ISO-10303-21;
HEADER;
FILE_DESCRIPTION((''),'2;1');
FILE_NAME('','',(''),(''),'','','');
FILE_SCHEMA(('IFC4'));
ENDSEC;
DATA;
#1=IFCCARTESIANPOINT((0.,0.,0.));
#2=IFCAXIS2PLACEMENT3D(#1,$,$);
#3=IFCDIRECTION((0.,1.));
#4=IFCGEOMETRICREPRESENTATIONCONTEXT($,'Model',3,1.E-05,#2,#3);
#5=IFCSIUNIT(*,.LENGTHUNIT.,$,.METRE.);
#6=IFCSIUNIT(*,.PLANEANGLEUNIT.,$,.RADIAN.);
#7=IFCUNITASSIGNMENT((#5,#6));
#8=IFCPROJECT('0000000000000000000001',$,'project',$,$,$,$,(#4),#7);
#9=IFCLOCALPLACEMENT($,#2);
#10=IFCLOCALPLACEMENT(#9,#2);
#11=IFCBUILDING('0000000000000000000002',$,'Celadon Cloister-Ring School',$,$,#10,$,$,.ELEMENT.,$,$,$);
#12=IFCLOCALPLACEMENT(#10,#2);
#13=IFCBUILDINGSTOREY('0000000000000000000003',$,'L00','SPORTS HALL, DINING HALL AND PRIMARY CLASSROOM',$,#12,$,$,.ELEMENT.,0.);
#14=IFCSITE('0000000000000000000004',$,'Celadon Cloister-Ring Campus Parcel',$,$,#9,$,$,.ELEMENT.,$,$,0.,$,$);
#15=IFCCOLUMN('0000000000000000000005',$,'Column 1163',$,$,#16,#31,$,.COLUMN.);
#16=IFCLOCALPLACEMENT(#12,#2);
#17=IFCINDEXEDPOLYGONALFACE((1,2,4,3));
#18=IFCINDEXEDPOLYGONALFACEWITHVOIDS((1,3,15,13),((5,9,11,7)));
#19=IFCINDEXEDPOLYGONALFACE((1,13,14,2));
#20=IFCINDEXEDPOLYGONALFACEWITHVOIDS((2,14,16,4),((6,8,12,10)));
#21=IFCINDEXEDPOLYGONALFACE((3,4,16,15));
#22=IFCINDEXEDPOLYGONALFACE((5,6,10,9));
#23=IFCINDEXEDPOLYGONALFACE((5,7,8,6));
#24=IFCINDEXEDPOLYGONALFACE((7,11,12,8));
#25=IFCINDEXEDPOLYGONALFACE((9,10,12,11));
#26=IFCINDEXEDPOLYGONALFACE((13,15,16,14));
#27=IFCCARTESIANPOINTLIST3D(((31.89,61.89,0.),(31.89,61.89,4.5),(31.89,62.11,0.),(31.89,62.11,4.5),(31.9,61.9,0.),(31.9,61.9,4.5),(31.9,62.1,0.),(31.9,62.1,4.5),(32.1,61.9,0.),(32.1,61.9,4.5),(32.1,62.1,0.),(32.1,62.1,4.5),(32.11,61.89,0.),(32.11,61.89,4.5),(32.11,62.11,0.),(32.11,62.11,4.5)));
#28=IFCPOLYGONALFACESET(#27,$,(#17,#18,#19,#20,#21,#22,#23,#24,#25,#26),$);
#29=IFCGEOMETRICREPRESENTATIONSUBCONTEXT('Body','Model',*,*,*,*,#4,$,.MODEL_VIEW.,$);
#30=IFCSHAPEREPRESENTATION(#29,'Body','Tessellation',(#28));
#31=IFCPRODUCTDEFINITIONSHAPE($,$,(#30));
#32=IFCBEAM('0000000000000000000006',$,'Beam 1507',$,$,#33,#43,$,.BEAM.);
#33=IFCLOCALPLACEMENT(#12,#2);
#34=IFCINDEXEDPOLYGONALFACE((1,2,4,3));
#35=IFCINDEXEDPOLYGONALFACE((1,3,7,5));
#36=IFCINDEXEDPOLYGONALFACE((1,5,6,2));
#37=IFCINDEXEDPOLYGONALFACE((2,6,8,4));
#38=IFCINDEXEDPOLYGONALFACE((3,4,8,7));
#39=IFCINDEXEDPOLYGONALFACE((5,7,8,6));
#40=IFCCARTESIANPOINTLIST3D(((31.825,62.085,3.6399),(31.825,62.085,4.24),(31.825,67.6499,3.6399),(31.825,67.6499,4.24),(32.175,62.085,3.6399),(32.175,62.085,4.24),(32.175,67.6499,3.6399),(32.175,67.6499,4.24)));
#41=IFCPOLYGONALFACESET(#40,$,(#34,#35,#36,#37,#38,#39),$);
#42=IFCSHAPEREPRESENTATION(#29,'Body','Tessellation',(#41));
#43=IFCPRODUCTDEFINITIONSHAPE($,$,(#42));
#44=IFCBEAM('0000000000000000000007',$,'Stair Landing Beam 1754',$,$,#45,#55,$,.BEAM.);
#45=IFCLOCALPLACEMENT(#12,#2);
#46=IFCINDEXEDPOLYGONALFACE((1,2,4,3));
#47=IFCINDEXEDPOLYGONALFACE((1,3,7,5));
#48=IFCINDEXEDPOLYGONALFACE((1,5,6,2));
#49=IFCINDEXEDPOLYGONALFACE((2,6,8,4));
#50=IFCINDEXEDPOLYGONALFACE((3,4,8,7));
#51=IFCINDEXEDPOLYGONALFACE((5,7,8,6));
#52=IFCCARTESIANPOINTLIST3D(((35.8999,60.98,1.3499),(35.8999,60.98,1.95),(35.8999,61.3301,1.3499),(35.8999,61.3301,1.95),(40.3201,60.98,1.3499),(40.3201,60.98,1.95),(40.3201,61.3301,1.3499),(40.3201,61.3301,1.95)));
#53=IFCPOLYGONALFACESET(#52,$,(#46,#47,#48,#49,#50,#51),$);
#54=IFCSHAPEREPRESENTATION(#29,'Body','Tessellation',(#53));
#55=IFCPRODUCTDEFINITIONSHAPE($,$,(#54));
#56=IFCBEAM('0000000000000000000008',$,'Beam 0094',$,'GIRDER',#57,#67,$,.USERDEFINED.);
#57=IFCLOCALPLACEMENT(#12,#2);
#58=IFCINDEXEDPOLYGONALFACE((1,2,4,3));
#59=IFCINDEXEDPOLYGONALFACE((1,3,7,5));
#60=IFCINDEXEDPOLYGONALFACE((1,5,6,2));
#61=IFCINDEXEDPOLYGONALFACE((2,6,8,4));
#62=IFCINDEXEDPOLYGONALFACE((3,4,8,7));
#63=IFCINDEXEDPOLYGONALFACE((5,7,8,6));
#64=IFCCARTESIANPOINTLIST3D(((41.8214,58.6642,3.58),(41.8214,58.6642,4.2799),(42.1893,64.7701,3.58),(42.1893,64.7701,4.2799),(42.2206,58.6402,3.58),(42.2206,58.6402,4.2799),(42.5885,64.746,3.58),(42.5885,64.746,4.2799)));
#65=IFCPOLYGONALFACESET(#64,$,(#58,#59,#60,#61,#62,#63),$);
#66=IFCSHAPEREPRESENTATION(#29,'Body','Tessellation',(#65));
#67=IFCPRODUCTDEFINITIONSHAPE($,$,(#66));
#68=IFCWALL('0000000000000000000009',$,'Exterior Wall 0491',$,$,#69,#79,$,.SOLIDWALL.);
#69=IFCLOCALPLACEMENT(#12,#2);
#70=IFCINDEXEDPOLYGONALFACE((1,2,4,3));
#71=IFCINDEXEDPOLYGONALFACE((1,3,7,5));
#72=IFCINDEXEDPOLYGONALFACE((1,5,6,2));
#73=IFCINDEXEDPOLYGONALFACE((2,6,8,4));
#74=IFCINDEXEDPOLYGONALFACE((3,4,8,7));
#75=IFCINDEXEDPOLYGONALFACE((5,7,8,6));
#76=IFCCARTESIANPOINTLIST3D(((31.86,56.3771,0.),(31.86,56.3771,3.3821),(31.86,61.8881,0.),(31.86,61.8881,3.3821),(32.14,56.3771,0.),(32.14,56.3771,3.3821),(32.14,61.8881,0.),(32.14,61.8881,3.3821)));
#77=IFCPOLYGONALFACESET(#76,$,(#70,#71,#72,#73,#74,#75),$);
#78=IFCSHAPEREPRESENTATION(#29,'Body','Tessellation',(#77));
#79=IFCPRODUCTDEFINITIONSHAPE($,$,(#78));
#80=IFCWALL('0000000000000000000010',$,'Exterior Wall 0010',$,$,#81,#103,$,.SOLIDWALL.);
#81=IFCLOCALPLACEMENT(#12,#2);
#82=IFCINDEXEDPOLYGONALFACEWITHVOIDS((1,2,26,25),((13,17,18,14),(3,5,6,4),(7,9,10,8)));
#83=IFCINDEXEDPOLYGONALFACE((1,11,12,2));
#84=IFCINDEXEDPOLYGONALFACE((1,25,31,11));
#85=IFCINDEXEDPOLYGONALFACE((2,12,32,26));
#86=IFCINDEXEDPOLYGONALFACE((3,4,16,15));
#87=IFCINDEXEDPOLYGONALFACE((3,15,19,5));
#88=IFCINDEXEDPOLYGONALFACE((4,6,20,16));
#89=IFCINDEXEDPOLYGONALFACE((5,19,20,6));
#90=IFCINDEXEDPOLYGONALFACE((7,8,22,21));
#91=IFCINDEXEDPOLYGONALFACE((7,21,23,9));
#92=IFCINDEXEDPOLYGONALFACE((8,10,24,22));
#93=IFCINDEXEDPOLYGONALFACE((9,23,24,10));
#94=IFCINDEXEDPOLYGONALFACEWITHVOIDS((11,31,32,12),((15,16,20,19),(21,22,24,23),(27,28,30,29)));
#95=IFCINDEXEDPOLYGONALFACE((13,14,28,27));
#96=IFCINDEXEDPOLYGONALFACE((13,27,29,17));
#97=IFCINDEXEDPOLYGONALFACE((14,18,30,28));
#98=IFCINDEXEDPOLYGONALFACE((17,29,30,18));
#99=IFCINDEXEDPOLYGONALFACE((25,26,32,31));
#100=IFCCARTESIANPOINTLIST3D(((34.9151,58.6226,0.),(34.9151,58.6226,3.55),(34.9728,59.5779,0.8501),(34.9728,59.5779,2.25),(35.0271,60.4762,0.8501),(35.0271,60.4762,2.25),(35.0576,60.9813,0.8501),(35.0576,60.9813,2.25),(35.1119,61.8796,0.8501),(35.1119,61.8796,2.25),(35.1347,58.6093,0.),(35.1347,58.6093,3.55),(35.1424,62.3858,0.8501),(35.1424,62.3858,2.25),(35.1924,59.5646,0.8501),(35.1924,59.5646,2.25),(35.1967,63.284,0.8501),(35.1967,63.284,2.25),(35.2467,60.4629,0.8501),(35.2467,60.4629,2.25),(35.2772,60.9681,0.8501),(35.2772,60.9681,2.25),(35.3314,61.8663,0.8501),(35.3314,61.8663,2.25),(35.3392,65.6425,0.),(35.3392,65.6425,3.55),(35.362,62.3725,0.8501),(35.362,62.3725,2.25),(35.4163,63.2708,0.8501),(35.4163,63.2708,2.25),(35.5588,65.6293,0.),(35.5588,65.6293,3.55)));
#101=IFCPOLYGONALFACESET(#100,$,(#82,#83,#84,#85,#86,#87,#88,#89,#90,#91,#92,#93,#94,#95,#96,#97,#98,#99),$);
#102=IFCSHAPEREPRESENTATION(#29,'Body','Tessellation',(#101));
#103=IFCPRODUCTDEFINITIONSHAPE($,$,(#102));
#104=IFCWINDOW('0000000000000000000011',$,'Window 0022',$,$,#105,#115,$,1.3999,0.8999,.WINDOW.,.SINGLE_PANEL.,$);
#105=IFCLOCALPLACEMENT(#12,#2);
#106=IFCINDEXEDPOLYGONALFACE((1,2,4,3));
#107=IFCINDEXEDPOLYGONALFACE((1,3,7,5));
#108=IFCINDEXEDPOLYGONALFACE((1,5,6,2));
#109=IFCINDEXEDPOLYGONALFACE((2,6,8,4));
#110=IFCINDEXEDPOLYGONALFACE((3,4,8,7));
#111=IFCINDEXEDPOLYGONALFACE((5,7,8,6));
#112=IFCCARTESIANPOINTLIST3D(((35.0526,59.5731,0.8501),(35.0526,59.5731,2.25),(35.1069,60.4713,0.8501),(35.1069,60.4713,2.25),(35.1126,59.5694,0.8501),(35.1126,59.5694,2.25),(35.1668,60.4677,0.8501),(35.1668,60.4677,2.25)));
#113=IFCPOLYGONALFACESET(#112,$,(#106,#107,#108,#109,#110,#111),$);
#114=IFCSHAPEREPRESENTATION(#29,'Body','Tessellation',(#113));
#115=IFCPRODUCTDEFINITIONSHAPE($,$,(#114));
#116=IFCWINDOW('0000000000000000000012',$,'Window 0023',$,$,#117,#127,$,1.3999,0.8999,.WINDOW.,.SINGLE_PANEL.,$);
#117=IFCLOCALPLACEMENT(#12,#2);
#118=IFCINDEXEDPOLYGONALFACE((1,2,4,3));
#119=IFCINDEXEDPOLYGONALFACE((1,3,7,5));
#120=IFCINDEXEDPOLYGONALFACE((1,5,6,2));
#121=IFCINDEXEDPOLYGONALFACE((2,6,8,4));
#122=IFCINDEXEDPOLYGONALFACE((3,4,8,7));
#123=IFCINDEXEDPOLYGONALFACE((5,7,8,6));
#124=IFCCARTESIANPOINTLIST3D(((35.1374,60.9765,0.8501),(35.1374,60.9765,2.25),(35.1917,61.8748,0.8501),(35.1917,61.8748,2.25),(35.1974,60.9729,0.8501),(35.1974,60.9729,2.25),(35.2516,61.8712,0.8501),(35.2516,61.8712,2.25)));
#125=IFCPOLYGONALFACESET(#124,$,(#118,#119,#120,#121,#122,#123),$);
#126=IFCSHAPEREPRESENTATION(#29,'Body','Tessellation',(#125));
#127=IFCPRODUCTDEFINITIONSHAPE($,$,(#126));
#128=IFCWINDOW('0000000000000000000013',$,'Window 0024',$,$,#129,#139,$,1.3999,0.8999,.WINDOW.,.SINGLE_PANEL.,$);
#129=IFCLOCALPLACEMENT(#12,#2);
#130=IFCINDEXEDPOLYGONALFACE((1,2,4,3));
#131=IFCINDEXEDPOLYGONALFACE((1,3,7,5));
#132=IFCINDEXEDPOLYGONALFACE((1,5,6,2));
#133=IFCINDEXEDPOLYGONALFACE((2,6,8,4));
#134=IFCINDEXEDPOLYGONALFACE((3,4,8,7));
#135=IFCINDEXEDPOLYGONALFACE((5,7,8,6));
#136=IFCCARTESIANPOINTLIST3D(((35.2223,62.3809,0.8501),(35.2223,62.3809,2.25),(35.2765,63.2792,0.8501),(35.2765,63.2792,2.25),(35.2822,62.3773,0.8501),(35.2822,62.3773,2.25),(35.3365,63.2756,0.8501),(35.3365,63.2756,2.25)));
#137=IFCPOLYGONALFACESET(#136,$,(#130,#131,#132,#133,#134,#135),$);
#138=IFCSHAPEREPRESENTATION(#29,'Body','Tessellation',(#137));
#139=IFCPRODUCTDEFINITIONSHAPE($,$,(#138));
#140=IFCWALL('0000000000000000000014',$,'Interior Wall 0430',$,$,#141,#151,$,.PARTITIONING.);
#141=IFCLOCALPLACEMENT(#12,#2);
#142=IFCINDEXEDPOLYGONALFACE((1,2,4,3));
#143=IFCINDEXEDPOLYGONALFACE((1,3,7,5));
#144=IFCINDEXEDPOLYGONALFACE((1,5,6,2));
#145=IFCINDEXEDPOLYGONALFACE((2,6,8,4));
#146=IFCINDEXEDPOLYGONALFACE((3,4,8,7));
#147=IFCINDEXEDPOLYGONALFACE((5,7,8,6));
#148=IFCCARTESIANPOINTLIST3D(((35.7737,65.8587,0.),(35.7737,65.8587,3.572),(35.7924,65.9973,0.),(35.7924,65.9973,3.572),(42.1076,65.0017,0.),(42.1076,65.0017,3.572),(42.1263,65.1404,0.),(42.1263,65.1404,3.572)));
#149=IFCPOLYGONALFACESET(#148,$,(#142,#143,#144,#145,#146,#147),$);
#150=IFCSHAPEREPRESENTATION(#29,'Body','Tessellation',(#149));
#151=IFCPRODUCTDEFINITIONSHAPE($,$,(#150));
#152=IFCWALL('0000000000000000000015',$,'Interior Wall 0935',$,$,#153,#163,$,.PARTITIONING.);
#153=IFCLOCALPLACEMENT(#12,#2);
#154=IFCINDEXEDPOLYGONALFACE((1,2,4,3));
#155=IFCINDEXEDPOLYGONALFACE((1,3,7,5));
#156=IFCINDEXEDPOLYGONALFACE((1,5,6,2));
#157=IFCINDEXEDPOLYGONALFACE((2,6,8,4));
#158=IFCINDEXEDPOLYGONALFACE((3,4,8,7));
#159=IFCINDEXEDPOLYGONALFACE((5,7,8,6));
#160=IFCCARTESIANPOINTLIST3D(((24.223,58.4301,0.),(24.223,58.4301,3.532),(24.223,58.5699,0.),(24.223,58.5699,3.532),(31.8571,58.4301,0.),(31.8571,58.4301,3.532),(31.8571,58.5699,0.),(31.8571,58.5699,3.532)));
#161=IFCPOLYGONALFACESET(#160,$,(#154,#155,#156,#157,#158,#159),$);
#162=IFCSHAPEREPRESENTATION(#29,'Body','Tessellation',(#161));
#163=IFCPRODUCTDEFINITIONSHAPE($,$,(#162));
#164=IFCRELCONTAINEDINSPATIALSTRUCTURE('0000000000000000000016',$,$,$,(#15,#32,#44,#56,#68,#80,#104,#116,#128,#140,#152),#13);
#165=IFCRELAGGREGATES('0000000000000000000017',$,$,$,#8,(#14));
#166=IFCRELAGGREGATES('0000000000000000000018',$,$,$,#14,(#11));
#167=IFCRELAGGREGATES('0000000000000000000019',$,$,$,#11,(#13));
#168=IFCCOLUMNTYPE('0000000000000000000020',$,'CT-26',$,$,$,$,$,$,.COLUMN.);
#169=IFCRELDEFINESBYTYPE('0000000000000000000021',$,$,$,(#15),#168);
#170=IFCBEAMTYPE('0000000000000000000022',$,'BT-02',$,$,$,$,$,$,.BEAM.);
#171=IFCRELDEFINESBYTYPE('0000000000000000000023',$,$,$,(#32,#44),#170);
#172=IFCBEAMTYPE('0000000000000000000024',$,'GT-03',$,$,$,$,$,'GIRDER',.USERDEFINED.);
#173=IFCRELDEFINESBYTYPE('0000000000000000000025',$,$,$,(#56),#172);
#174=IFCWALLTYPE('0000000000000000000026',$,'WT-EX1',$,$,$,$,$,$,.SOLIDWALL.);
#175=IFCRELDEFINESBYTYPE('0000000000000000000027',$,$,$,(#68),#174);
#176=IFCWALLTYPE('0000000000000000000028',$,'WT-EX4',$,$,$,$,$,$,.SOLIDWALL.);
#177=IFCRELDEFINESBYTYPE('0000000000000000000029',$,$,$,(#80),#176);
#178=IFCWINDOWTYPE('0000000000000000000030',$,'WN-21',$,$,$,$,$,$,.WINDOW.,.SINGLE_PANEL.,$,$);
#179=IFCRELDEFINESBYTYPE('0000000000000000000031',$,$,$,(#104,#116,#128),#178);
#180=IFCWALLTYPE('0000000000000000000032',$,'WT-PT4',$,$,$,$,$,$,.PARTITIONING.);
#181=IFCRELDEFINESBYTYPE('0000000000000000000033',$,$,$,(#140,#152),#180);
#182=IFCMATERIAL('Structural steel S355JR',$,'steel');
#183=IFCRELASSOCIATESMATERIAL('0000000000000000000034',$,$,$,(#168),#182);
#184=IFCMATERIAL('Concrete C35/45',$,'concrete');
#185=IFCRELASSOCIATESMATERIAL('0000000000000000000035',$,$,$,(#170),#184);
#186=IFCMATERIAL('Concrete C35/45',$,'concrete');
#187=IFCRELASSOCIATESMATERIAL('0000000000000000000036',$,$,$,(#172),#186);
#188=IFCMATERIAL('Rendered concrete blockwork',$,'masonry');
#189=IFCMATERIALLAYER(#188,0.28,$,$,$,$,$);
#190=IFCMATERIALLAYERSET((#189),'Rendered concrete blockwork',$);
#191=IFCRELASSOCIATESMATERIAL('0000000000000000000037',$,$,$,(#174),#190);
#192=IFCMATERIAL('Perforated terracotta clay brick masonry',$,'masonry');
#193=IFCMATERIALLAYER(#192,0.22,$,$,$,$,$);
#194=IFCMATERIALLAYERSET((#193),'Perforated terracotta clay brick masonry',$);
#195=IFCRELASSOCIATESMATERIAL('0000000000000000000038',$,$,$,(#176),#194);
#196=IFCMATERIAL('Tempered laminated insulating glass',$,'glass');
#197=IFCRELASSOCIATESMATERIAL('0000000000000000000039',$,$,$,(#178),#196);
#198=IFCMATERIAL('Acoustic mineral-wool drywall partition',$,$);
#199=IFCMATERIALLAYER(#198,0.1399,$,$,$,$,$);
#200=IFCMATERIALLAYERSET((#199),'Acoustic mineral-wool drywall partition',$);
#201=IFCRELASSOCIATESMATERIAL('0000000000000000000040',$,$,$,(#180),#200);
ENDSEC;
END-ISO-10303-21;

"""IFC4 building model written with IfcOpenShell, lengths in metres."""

from ifc_helpers import new_model, si_unit, direction, frame, frame_2d, origin, origin_2d, place, context, subcontext, project, spatial, rectangle, hollow_rectangle, extrude, material, layer, layer_set, material_profile, profile_set, type_object, element, fill, save


model = new_model("IFC4")

# Units and contexts
model_context = context("Model", 3, precision=1e-05, world=origin(), true_north=direction((0.0, 1.0)))
body_context = subcontext(model_context, "Body", "Model", "MODEL_VIEW")
ifc_project = project(units=[si_unit("LENGTHUNIT", "METRE"), si_unit("PLANEANGLEUNIT", "RADIAN")], contexts=[model_context])

# Site, building, storey
site_placement = place(None, origin())
site = spatial("IfcSite", under=ifc_project, at=site_placement, Name="Celadon Cloister-Ring Campus Parcel", CompositionType="ELEMENT", RefElevation=0.0)
building_placement = place(site_placement, origin())
building = spatial("IfcBuilding", under=site, at=building_placement, Name="Celadon Cloister-Ring School", CompositionType="ELEMENT")
storey_placement = place(building_placement, origin())
storey = spatial("IfcBuildingStorey", under=building, at=storey_placement, Name="L00", Description="SPORTS HALL, DINING HALL AND PRIMARY CLASSROOM", CompositionType="ELEMENT", Elevation=0.0)

# Column
ifc_material_1 = material(Name="Structural steel S355JR", Category="steel")
ifc_material_profile_1 = material_profile(ifc_material_1, hollow_rectangle(XDim=0.22, YDim=0.22, WallThickness=0.01, at=origin_2d()), Name="HSS220X220X10")
ifc_profile_set_1 = profile_set([ifc_material_profile_1], Name="Structural steel S355JR")
column_type_1 = type_object("IfcColumnType", Name="CT-26", PredefinedType="COLUMN", material=ifc_profile_set_1)
column_placement = place(storey_placement, frame((32.0, 62.0, 0.0), z_axis=(0.0, 0.0, 1.0), x_axis=(1.0, 0.0, 0.0)))
element("IfcColumn", 1, at=column_placement, inside=storey, type_object=column_type_1, Name="Column 1163", PredefinedType="COLUMN", context=body_context, shape_type="SweptSolid", body=[
    extrude(hollow_rectangle(XDim=0.22, YDim=0.22, WallThickness=0.01, at=origin_2d()), origin(), (0.0, 0.0, 1.0), 4.5),
])

# Beams
ifc_material_2 = material(Name="Concrete C35/45", Category="concrete")
ifc_material_profile_2 = material_profile(ifc_material_2, rectangle(XDim=0.3501, YDim=0.6001, at=origin_2d()), Name="RC350X600")
ifc_profile_set_2 = profile_set([ifc_material_profile_2], Name="Concrete C35/45")
beam_type_1 = type_object("IfcBeamType", Name="BT-02", PredefinedType="BEAM", material=ifc_profile_set_2)
beam_1_placement = place(storey_placement, frame((32.0, 62.085, 3.9399), z_axis=(0.0, 1.0, 0.0), x_axis=(-1.0, 0.0, 0.0)))
element("IfcBeam", 2, at=beam_1_placement, inside=storey, type_object=beam_type_1, Name="Beam 1507", PredefinedType="BEAM", context=body_context, shape_type="SweptSolid", body=[
    extrude(rectangle(XDim=0.3501, YDim=0.6001, at=origin_2d()), origin(), (0.0, 0.0, 1.0), 5.5649),
])
beam_2_placement = place(storey_placement, frame((35.8999, 61.155, 1.6499), z_axis=(1.0, 0.0, 0.0), x_axis=(0.0, 1.0, 0.0)))
element("IfcBeam", 3, at=beam_2_placement, inside=storey, type_object=beam_type_1, Name="Stair Landing Beam 1754", PredefinedType="BEAM", context=body_context, shape_type="SweptSolid", body=[
    extrude(rectangle(XDim=0.3501, YDim=0.6001, at=origin_2d()), origin(), (0.0, 0.0, 1.0), 4.4202),
])
ifc_material_3 = material(Name="Concrete C35/45", Category="concrete")
ifc_material_profile_3 = material_profile(ifc_material_3, rectangle(XDim=0.3999, YDim=0.7, at=origin_2d()), Name="RC400X700")
ifc_profile_set_3 = profile_set([ifc_material_profile_3], Name="Concrete C35/45")
beam_type_2 = type_object("IfcBeamType", Name="GT-03", ElementType="GIRDER", PredefinedType="USERDEFINED", material=ifc_profile_set_3)
beam_3_placement = place(storey_placement, frame((42.3889, 64.7581, 3.9299), z_axis=(-0.060147, -0.99819, 0.0), x_axis=(0.99819, -0.060147, 0.0)))
element("IfcBeam", 4, at=beam_3_placement, inside=storey, type_object=beam_type_2, Name="Beam 0094", ObjectType="GIRDER", PredefinedType="USERDEFINED", context=body_context, shape_type="SweptSolid", body=[
    extrude(rectangle(XDim=0.3999, YDim=0.7, at=origin_2d()), origin(), (0.0, 0.0, 1.0), 6.1169),
])

# Wall
ifc_material_4 = material(Name="Rendered concrete blockwork", Category="masonry")
ifc_layer_1 = layer(ifc_material_4, 0.28)
ifc_layer_set_1 = layer_set([ifc_layer_1], Name="Rendered concrete blockwork")
wall_type_1 = type_object("IfcWallType", Name="WT-EX1", PredefinedType="SOLIDWALL", material=ifc_layer_set_1)
wall_1_placement = place(storey_placement, frame((32.0, 61.8879, 0.0), z_axis=(0.0, 0.0, 1.0), x_axis=(0.0, -1.0, 0.0)))
element("IfcWall", 5, at=wall_1_placement, inside=storey, type_object=wall_type_1, Name="Exterior Wall 0491", PredefinedType="SOLIDWALL", context=body_context, shape_type="SweptSolid", body=[
    extrude(rectangle(XDim=5.511, YDim=0.28, at=frame_2d((2.7554, 0.0))), origin(), (0.0, 0.0, 1.0), 3.3821),
])

# Wall, openings, windows
ifc_material_5 = material(Name="Perforated terracotta clay brick masonry", Category="masonry")
ifc_layer_2 = layer(ifc_material_5, 0.22)
ifc_layer_set_2 = layer_set([ifc_layer_2], Name="Perforated terracotta clay brick masonry")
wall_type_2 = type_object("IfcWallType", Name="WT-EX4", PredefinedType="SOLIDWALL", material=ifc_layer_set_2)
wall_2_placement = place(storey_placement, frame((35.0249, 58.616, 0.0), z_axis=(0.0, 0.0, 1.0), x_axis=(0.060299, 0.99818, 0.0)))
wall_2 = element("IfcWall", 6, at=wall_2_placement, inside=storey, type_object=wall_type_2, Name="Exterior Wall 0010", PredefinedType="SOLIDWALL", context=body_context, shape_type="SweptSolid", body=[
    extrude(rectangle(XDim=7.0327, YDim=0.22, at=frame_2d((3.5164, 0.0))), origin(), (0.0, 0.0, 1.0), 3.55),
])
opening_1_placement = place(wall_2_placement, frame((0.957, 0.0, 0.8501)))
opening_1 = element("IfcOpeningElement", 7, at=opening_1_placement, cuts=wall_2, PredefinedType="OPENING", context=body_context, shape_type="SweptSolid", body=[
    extrude(rectangle(XDim=0.8999, YDim=1.3999, at=frame_2d((0.45, 0.7))), frame((0.0, 0.1201, 0.0), z_axis=(0.0, -1.0, 0.0), x_axis=(1.0, 0.0, 0.0)), (0.0, 0.0, 1.0), 0.24),
])
opening_2_placement = place(wall_2_placement, frame((2.363, 0.0, 0.8501)))
opening_2 = element("IfcOpeningElement", 8, at=opening_2_placement, cuts=wall_2, PredefinedType="OPENING", context=body_context, shape_type="SweptSolid", body=[
    extrude(rectangle(XDim=0.8999, YDim=1.3999, at=frame_2d((0.45, 0.7))), frame((0.0, 0.1201, 0.0), z_axis=(0.0, -1.0, 0.0), x_axis=(1.0, 0.0, 0.0)), (0.0, 0.0, 1.0), 0.24),
])
opening_3_placement = place(wall_2_placement, frame((3.77, 0.0, 0.8501)))
opening_3 = element("IfcOpeningElement", 9, at=opening_3_placement, cuts=wall_2, PredefinedType="OPENING", context=body_context, shape_type="SweptSolid", body=[
    extrude(rectangle(XDim=0.8999, YDim=1.3999, at=frame_2d((0.45, 0.7))), frame((0.0, 0.1201, 0.0), z_axis=(0.0, -1.0, 0.0), x_axis=(1.0, 0.0, 0.0)), (0.0, 0.0, 1.0), 0.24),
])
ifc_material_6 = material(Name="Tempered laminated insulating glass", Category="glass")
window_type = type_object("IfcWindowType", Name="WN-21", PartitioningType="SINGLE_PANEL", PredefinedType="WINDOW", material=ifc_material_6)
window_1_placement = place(opening_1_placement, origin())
window_1 = element("IfcWindow", 10, at=window_1_placement, inside=storey, type_object=window_type, Name="Window 0022", OverallHeight=1.3999, OverallWidth=0.8999, PartitioningType="SINGLE_PANEL", PredefinedType="WINDOW", context=body_context, shape_type="SweptSolid", body=[
    extrude(rectangle(XDim=0.8999, YDim=1.3999, at=frame_2d((0.45, 0.7))), frame((0.0, 0.03, 0.0), z_axis=(0.0, -1.0, 0.0), x_axis=(1.0, 0.0, 0.0)), (0.0, 0.0, 1.0), 0.0601),
])
fill(opening_1, window_1)
window_2_placement = place(opening_2_placement, origin())
window_2 = element("IfcWindow", 11, at=window_2_placement, inside=storey, type_object=window_type, Name="Window 0023", OverallHeight=1.3999, OverallWidth=0.8999, PartitioningType="SINGLE_PANEL", PredefinedType="WINDOW", context=body_context, shape_type="SweptSolid", body=[
    extrude(rectangle(XDim=0.8999, YDim=1.3999, at=frame_2d((0.45, 0.7))), frame((0.0, 0.03, 0.0), z_axis=(0.0, -1.0, 0.0), x_axis=(1.0, 0.0, 0.0)), (0.0, 0.0, 1.0), 0.0601),
])
fill(opening_2, window_2)
window_3_placement = place(opening_3_placement, origin())
window_3 = element("IfcWindow", 12, at=window_3_placement, inside=storey, type_object=window_type, Name="Window 0024", OverallHeight=1.3999, OverallWidth=0.8999, PartitioningType="SINGLE_PANEL", PredefinedType="WINDOW", context=body_context, shape_type="SweptSolid", body=[
    extrude(rectangle(XDim=0.8999, YDim=1.3999, at=frame_2d((0.45, 0.7))), frame((0.0, 0.03, 0.0), z_axis=(0.0, -1.0, 0.0), x_axis=(1.0, 0.0, 0.0)), (0.0, 0.0, 1.0), 0.0601),
])
fill(opening_3, window_3)

# Walls
ifc_material_7 = material(Name="Acoustic mineral-wool drywall partition")
ifc_layer_3 = layer(ifc_material_7, 0.1399)
ifc_layer_set_3 = layer_set([ifc_layer_3], Name="Acoustic mineral-wool drywall partition")
wall_type_3 = type_object("IfcWallType", Name="WT-PT4", PredefinedType="PARTITIONING", material=ifc_layer_set_3)
wall_3_placement = place(storey_placement, frame((42.1169, 65.071, 0.0), z_axis=(0.0, 0.0, 1.0), x_axis=(-0.990972, 0.13407, 0.0)))
element("IfcWall", 13, at=wall_3_placement, inside=storey, type_object=wall_type_3, Name="Interior Wall 0430", PredefinedType="PARTITIONING", context=body_context, shape_type="SweptSolid", body=[
    extrude(rectangle(XDim=6.3916, YDim=0.1399, at=frame_2d((3.1958, 0.0))), origin(), (0.0, 0.0, 1.0), 3.572),
])
wall_4_placement = place(storey_placement, frame((31.8569, 58.5, 0.0), z_axis=(0.0, 0.0, 1.0), x_axis=(-1.0, 0.0, 0.0)))
element("IfcWall", 14, at=wall_4_placement, inside=storey, type_object=wall_type_3, Name="Interior Wall 0935", PredefinedType="PARTITIONING", context=body_context, shape_type="SweptSolid", body=[
    extrude(rectangle(XDim=7.634, YDim=0.1399, at=frame_2d((3.8169, 0.0))), origin(), (0.0, 0.0, 1.0), 3.532),
])

save(model, "model.ifc")
